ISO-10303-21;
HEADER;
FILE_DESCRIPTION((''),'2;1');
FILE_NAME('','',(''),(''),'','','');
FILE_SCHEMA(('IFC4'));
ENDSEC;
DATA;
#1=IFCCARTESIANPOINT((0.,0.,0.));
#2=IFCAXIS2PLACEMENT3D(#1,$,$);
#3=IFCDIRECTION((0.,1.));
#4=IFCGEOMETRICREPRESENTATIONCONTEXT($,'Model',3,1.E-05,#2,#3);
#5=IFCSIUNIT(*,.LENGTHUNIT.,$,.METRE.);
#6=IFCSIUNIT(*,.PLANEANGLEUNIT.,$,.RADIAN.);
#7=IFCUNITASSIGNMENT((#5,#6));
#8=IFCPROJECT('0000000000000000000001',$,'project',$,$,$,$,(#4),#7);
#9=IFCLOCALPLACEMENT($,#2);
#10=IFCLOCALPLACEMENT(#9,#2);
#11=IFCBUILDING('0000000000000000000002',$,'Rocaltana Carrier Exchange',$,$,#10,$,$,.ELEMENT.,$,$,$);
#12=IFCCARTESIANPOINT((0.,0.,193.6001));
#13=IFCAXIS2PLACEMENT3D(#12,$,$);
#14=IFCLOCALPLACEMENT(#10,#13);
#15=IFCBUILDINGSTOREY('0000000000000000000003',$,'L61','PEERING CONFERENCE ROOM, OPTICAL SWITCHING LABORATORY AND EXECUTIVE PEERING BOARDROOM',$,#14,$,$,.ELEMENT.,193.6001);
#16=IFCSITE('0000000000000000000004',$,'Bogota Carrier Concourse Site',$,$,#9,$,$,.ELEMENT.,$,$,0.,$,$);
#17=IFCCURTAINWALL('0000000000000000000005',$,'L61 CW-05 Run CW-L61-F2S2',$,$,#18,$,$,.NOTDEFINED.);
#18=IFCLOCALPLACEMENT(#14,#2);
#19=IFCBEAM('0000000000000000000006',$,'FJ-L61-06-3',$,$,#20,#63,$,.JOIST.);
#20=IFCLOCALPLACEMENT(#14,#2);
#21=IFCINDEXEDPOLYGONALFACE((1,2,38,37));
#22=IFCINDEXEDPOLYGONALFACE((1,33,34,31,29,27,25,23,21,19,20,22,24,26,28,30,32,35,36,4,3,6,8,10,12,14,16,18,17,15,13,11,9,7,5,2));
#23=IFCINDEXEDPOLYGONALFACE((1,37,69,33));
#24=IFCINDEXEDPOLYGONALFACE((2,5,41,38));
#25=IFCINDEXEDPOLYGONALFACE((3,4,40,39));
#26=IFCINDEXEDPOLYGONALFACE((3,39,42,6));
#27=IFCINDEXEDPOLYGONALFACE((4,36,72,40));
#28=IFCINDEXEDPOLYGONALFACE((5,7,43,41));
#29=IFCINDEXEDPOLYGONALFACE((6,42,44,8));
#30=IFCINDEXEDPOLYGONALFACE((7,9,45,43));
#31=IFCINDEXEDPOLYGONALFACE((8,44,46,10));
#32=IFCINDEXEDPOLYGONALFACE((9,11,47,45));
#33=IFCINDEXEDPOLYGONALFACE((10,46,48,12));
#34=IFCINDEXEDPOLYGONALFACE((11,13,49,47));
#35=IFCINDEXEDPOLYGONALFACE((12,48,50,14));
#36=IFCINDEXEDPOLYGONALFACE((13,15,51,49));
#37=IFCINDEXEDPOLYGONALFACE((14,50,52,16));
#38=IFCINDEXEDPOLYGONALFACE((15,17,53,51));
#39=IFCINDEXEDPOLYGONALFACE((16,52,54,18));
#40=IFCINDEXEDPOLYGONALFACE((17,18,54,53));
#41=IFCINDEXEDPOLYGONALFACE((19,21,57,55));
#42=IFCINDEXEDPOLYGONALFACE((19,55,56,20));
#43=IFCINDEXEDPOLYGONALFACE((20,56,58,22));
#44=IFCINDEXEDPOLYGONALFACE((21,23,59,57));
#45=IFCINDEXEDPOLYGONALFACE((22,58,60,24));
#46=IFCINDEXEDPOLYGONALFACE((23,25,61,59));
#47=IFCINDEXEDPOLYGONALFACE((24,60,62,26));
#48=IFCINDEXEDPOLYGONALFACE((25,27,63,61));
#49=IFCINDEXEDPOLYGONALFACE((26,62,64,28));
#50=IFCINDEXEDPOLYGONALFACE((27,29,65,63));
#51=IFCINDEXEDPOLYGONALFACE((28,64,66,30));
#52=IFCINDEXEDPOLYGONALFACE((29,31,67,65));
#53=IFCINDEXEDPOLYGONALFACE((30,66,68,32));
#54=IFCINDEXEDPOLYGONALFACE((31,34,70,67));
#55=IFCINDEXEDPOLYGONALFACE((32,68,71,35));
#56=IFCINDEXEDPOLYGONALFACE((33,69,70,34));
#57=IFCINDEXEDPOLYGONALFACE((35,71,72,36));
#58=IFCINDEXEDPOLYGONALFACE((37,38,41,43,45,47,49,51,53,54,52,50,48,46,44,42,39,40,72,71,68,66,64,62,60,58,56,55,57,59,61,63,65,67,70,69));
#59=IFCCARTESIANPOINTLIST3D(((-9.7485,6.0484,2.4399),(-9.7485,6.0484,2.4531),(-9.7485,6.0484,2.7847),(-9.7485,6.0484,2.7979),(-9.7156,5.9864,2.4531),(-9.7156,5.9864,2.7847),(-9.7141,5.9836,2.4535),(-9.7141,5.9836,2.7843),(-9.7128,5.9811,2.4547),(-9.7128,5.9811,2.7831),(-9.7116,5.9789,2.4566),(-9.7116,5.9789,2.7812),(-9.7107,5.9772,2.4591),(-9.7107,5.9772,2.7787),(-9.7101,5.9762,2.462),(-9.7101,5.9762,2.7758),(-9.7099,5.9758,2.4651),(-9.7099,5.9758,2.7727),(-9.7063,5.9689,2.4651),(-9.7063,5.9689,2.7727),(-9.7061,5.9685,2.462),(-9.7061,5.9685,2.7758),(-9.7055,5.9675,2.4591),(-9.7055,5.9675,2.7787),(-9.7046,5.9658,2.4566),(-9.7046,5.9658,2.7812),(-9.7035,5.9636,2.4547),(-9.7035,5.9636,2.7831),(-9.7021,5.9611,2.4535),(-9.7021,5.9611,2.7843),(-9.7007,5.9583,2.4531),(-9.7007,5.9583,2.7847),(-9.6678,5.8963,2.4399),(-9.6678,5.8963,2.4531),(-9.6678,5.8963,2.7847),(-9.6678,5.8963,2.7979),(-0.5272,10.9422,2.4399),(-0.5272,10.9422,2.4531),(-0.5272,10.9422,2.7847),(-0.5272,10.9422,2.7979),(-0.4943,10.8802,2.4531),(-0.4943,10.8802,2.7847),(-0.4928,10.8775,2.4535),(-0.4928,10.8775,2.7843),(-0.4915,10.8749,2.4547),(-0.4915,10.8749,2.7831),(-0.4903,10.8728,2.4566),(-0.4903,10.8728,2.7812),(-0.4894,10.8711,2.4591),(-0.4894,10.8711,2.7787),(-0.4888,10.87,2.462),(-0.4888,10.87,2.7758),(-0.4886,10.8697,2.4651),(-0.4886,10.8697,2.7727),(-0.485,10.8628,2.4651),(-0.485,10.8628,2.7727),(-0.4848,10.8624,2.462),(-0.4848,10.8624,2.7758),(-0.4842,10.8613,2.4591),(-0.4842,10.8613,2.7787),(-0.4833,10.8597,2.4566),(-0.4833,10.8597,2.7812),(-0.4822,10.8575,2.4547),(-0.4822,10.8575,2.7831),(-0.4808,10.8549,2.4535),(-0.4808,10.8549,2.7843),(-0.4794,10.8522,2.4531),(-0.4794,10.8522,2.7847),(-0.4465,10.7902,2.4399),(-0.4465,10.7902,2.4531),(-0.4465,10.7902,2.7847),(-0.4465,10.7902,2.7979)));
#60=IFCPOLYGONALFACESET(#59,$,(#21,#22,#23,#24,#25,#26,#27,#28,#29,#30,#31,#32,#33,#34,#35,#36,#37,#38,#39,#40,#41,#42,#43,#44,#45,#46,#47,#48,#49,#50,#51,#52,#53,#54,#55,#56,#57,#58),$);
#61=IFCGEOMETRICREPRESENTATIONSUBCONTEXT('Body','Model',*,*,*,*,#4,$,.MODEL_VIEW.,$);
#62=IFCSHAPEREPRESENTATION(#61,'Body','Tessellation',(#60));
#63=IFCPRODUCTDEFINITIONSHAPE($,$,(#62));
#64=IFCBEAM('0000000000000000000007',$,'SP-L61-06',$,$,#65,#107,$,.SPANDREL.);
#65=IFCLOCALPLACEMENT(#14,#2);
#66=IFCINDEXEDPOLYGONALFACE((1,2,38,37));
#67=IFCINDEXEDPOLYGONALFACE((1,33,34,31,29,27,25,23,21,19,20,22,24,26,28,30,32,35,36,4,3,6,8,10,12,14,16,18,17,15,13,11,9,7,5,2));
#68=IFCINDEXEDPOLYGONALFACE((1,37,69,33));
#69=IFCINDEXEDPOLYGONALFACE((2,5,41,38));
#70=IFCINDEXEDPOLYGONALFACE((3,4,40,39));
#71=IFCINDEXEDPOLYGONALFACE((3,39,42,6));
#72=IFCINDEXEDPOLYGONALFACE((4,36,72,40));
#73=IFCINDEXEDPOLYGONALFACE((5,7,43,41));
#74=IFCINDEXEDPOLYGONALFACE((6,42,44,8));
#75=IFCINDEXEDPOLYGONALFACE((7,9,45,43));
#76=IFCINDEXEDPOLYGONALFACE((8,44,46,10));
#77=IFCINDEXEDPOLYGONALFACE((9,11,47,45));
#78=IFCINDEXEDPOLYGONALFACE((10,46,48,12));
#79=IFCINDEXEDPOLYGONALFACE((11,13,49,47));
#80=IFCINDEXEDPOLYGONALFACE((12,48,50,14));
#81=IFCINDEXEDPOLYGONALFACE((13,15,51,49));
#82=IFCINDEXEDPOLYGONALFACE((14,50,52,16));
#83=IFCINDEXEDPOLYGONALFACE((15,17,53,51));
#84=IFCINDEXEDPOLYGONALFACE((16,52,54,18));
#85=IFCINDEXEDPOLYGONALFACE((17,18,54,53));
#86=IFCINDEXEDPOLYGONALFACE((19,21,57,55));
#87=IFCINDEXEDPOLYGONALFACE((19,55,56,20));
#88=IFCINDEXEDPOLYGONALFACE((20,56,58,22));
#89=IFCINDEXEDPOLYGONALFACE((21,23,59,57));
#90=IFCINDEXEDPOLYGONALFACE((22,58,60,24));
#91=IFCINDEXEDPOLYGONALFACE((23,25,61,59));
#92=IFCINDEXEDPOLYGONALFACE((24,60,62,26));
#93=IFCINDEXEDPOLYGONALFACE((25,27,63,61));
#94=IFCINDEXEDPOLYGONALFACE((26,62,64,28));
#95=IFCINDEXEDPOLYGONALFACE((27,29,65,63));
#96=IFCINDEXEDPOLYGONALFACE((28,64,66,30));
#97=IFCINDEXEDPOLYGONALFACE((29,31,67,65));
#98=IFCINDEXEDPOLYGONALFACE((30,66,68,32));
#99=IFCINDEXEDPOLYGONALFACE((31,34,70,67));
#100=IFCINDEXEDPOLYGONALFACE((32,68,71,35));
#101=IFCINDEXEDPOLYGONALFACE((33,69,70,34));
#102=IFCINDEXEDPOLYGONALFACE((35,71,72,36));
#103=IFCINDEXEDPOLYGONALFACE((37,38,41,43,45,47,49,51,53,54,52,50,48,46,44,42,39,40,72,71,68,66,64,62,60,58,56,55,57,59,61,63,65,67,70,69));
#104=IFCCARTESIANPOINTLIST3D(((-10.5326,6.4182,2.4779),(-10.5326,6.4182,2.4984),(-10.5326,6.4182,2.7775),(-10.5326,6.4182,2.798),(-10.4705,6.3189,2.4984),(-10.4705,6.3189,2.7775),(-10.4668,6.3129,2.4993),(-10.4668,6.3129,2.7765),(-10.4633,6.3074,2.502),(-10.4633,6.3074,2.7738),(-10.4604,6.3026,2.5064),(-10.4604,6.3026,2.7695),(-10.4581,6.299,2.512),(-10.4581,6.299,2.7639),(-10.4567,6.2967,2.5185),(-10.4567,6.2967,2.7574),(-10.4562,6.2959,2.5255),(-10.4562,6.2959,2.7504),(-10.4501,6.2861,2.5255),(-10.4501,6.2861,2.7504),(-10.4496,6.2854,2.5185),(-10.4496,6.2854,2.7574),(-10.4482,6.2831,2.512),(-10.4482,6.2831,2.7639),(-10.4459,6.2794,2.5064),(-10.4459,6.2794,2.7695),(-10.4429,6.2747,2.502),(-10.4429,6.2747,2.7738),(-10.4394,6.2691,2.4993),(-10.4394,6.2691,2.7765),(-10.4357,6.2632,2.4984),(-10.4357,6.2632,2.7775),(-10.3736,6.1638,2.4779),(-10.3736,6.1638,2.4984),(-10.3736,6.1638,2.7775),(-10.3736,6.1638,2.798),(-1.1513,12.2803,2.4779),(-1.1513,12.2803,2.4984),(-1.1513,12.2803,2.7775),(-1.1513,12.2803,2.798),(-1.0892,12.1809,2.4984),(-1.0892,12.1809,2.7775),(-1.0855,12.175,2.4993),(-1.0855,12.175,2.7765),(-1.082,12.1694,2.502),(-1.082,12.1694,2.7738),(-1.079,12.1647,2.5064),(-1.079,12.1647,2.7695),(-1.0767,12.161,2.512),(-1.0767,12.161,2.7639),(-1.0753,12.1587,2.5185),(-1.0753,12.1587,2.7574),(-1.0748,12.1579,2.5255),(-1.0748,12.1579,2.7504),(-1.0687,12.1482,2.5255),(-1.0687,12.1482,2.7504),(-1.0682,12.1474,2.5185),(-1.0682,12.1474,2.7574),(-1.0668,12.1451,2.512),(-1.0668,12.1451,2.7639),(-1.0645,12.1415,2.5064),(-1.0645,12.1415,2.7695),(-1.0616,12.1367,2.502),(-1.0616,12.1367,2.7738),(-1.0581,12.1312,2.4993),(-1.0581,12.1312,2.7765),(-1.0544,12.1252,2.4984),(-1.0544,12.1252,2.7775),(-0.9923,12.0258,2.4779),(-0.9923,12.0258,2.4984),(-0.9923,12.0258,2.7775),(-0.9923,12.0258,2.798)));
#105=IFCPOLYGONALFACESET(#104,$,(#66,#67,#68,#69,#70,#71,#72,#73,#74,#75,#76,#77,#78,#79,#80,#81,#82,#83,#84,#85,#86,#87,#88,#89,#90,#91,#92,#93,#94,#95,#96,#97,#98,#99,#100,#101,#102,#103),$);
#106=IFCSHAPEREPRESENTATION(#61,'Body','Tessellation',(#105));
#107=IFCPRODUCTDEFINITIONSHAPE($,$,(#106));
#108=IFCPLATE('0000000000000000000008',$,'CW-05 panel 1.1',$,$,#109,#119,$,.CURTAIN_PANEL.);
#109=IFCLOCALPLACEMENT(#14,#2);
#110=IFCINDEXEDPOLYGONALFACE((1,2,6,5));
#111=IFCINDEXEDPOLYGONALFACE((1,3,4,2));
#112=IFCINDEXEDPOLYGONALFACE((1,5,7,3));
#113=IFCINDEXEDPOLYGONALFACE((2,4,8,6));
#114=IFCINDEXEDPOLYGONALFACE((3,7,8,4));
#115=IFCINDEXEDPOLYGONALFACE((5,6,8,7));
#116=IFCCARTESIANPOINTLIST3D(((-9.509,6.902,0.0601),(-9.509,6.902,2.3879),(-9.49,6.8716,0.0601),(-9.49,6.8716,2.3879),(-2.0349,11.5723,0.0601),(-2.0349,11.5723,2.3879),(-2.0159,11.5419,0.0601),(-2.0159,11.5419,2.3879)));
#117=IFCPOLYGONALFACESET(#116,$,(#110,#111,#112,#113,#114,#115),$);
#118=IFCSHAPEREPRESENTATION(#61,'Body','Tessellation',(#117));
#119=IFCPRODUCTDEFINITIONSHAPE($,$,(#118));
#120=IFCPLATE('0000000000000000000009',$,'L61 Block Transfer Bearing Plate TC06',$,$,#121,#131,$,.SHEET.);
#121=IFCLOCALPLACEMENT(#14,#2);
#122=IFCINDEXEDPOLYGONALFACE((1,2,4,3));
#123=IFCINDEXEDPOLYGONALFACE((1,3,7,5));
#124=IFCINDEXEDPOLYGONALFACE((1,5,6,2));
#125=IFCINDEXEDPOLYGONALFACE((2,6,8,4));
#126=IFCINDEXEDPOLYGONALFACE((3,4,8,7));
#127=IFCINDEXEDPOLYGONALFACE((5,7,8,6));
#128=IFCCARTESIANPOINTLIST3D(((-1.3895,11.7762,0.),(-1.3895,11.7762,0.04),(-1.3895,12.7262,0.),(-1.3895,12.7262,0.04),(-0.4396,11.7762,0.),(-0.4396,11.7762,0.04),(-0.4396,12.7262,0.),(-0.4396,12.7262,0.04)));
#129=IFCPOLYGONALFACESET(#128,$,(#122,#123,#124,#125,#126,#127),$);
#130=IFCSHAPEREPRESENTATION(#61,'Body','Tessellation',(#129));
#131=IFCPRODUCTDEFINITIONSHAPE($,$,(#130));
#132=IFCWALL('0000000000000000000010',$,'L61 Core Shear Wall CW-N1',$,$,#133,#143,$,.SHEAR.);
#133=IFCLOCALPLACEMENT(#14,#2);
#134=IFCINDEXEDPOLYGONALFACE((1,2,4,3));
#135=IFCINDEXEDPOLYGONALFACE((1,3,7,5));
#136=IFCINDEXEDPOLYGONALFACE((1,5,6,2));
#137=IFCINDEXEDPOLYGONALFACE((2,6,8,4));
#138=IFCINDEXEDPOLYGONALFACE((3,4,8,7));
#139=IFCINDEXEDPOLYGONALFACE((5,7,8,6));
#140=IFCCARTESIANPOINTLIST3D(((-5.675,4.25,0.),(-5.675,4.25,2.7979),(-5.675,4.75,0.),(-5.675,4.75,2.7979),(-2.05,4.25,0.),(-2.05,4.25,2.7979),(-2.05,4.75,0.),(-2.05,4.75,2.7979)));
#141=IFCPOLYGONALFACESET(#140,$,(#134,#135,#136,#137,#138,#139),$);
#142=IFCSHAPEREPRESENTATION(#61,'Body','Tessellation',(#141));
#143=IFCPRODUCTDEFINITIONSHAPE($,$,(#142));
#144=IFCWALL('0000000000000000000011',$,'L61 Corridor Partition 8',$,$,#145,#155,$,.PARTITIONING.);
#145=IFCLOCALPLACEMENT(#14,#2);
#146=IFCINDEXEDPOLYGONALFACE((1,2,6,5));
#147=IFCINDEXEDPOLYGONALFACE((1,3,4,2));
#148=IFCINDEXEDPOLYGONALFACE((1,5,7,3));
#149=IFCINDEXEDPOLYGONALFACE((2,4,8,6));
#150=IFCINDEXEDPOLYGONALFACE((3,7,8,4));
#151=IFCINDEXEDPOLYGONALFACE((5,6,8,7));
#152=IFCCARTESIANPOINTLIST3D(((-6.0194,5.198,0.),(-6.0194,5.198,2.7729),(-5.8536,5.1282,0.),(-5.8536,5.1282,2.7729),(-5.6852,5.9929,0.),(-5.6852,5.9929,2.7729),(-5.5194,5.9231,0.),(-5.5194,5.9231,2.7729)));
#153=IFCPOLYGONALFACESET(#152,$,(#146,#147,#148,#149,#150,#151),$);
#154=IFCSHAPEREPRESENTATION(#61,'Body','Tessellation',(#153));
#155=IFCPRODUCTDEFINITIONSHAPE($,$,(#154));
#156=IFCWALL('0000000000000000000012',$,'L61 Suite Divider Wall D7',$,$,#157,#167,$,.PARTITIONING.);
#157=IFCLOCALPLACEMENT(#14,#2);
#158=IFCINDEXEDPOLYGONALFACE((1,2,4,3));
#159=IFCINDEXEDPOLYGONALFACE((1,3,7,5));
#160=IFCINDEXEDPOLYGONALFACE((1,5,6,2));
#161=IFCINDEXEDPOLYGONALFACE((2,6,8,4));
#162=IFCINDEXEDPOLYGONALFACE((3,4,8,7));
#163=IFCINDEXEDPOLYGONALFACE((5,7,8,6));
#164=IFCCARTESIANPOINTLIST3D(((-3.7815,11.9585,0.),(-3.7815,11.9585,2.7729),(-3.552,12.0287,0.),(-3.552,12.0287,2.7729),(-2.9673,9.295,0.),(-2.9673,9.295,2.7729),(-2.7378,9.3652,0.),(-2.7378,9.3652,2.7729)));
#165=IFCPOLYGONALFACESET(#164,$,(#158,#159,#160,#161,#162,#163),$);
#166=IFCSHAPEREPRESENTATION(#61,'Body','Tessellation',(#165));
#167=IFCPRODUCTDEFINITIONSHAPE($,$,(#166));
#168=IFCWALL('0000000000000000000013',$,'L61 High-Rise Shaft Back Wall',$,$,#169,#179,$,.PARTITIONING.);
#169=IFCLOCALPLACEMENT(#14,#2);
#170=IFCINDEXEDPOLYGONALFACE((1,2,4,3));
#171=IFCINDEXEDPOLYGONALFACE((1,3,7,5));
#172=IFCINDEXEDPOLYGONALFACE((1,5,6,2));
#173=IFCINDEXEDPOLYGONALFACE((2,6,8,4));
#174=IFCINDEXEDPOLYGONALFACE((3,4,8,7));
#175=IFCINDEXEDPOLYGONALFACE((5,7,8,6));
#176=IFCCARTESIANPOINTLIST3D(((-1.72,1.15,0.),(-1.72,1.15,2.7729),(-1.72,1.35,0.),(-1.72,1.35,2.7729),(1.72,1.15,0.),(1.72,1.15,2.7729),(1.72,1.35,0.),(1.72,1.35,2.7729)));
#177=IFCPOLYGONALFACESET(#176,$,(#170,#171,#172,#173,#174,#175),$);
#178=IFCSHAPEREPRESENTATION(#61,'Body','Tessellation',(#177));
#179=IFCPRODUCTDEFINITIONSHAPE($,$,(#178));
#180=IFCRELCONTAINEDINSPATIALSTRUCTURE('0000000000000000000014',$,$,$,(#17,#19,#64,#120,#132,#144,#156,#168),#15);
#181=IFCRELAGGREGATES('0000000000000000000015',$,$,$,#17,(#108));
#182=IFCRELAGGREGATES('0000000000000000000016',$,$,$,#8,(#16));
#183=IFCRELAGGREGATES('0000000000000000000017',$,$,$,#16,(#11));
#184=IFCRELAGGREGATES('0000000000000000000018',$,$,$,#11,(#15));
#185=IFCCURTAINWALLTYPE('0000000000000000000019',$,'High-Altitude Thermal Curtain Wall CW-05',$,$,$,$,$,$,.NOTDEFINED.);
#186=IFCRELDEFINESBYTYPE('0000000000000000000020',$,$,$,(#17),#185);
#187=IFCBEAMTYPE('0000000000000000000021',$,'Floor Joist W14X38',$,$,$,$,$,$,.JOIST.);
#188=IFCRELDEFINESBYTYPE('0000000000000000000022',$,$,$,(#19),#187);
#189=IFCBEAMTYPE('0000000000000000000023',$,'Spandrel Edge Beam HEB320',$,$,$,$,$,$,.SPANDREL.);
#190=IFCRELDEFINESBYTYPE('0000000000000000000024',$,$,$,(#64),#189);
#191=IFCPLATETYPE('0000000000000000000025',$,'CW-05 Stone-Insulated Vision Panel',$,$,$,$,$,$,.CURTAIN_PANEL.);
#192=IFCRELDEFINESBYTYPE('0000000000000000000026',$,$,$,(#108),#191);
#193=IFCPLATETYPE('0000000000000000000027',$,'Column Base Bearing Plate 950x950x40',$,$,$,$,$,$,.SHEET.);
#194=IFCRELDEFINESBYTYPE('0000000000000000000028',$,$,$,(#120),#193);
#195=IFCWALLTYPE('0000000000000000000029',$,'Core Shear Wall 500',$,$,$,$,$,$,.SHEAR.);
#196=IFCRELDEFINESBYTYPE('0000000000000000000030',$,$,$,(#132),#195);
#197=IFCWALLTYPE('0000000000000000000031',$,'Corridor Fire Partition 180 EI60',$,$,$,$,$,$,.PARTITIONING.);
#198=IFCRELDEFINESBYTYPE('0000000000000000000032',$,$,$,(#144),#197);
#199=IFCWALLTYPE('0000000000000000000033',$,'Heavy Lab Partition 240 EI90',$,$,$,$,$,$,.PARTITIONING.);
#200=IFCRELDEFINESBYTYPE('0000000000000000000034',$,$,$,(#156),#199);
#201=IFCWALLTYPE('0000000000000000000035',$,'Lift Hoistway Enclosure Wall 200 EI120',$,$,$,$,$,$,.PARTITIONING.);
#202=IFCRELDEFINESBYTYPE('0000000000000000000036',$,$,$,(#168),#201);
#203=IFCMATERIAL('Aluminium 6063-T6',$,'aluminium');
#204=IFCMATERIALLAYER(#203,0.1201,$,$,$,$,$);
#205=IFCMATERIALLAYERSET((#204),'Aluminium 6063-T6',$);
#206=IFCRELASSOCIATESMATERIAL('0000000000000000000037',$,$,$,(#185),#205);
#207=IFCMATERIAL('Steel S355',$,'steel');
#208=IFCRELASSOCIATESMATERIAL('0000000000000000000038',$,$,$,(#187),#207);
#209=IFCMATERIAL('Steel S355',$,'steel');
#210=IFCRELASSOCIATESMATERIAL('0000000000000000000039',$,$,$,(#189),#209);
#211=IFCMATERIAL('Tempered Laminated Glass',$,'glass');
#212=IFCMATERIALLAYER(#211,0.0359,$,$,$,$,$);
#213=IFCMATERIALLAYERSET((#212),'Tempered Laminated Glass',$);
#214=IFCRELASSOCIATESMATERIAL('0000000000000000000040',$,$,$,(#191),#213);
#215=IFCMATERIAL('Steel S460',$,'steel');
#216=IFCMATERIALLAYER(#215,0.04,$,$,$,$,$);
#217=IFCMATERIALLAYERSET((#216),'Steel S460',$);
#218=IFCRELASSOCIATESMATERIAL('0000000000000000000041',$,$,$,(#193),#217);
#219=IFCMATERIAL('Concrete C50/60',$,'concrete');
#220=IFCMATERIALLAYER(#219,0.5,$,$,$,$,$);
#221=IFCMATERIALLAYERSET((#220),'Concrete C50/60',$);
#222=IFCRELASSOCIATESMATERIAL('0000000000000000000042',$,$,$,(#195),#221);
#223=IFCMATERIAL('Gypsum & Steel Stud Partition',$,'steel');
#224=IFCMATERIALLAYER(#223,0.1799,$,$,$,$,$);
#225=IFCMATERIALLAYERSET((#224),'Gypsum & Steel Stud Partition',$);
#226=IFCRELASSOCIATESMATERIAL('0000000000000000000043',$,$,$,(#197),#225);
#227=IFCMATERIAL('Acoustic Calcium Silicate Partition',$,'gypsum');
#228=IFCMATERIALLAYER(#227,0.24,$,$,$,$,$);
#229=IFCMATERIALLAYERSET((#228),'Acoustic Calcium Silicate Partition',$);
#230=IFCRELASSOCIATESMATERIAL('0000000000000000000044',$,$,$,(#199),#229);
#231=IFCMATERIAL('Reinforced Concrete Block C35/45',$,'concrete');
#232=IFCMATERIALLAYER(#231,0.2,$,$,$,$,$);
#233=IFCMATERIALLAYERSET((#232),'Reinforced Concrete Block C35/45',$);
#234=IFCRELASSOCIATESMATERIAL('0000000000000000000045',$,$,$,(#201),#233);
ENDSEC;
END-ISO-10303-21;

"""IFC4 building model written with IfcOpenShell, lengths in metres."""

from ifc_helpers import new_model, si_unit, direction, frame, frame_2d, origin, origin_2d, place, context, subcontext, project, spatial, rectangle, i_section, extrude, material, layer, layer_set, material_profile, profile_set, type_object, element, aggregate, save


model = new_model("IFC4")

# Units and contexts
model_context = context("Model", 3, precision=1e-05, world=origin(), true_north=direction((0.0, 1.0)))
body_context = subcontext(model_context, "Body", "Model", "MODEL_VIEW")
ifc_project = project(units=[si_unit("LENGTHUNIT", "METRE"), si_unit("PLANEANGLEUNIT", "RADIAN")], contexts=[model_context])

# Site, building, storey
site_placement = place(None, origin())
site = spatial("IfcSite", under=ifc_project, at=site_placement, Name="Bogota Carrier Concourse Site", CompositionType="ELEMENT", RefElevation=0.0)
building_placement = place(site_placement, origin())
building = spatial("IfcBuilding", under=site, at=building_placement, Name="Rocaltana Carrier Exchange", CompositionType="ELEMENT")
storey_placement = place(building_placement, frame((0.0, 0.0, 193.6001)))
storey = spatial("IfcBuildingStorey", under=building, at=storey_placement, Name="L61", Description="PEERING CONFERENCE ROOM, OPTICAL SWITCHING LABORATORY AND EXECUTIVE PEERING BOARDROOM", CompositionType="ELEMENT", Elevation=193.6001)

# Curtain wall
ifc_material_1 = material(Name="Aluminium 6063-T6", Category="aluminium")
ifc_layer_1 = layer(ifc_material_1, 0.1201)
ifc_layer_set_1 = layer_set([ifc_layer_1], Name="Aluminium 6063-T6")
curtain_wall_type = type_object("IfcCurtainWallType", Name="High-Altitude Thermal Curtain Wall CW-05", PredefinedType="NOTDEFINED", material=ifc_layer_set_1)
curtain_wall_placement = place(storey_placement, origin())
curtain_wall = element("IfcCurtainWall", 1, at=curtain_wall_placement, inside=storey, type_object=curtain_wall_type, Name="L61 CW-05 Run CW-L61-F2S2", PredefinedType="NOTDEFINED")

# Beams
ifc_material_2 = material(Name="Steel S355", Category="steel")
ifc_material_profile_1 = material_profile(ifc_material_2, i_section(OverallWidth=0.1721, OverallDepth=0.3579, WebThickness=0.0078, FlangeThickness=0.0132, FilletRadius=0.012, at=origin_2d()), Name="W14X38")
ifc_profile_set_1 = profile_set([ifc_material_profile_1], Name="Steel S355")
beam_type_1 = type_object("IfcBeamType", Name="Floor Joist W14X38", PredefinedType="JOIST", material=ifc_profile_set_1)
beam_1_placement = place(storey_placement, frame((-0.4868, 10.8662, 2.6189), z_axis=(-0.883312, -0.468785, 0.0), x_axis=(0.468785, -0.883312, 0.0)))
element("IfcBeam", 2, at=beam_1_placement, inside=storey, type_object=beam_type_1, Name="FJ-L61-06-3", PredefinedType="JOIST", context=body_context, shape_type="SweptSolid", body=[
    extrude(i_section(OverallWidth=0.1721, OverallDepth=0.3579, WebThickness=0.0078, FlangeThickness=0.0132, FilletRadius=0.012, at=origin_2d()), origin(), (0.0, 0.0, 1.0), 10.4395),
])
ifc_material_3 = material(Name="Steel S355", Category="steel")
ifc_material_profile_2 = material_profile(ifc_material_3, i_section(OverallWidth=0.3, OverallDepth=0.3201, WebThickness=0.0115, FlangeThickness=0.0205, FilletRadius=0.0271, at=origin_2d()), Name="HEB320")
ifc_profile_set_2 = profile_set([ifc_material_profile_2], Name="Steel S355")
beam_type_2 = type_object("IfcBeamType", Name="Spandrel Edge Beam HEB320", PredefinedType="SPANDREL", material=ifc_profile_set_2)
beam_2_placement = place(storey_placement, frame((-1.0718, 12.1531, 2.6379), z_axis=(-0.84805, -0.529916, 0.0), x_axis=(0.529916, -0.84805, 0.0)))
element("IfcBeam", 3, at=beam_2_placement, inside=storey, type_object=beam_type_2, Name="SP-L61-06", PredefinedType="SPANDREL", context=body_context, shape_type="SweptSolid", body=[
    extrude(i_section(OverallWidth=0.3, OverallDepth=0.3201, WebThickness=0.0115, FlangeThickness=0.0205, FilletRadius=0.0271, at=origin_2d()), origin(), (0.0, 0.0, 1.0), 11.0623),
])

# Plates
ifc_material_4 = material(Name="Tempered Laminated Glass", Category="glass")
ifc_layer_2 = layer(ifc_material_4, 0.0359)
ifc_layer_set_2 = layer_set([ifc_layer_2], Name="Tempered Laminated Glass")
plate_type_1 = type_object("IfcPlateType", Name="CW-05 Stone-Insulated Vision Panel", PredefinedType="CURTAIN_PANEL", material=ifc_layer_set_2)
plate_1_placement = place(storey_placement, frame((-5.7625, 9.2219, 0.0601), z_axis=(0.0, 0.0, 1.0), x_axis=(-0.848047, -0.52992, 0.0)))
plate_1 = element("IfcPlate", 4, at=plate_1_placement, type_object=plate_type_1, Name="CW-05 panel 1.1", PredefinedType="CURTAIN_PANEL", context=body_context, shape_type="SweptSolid", body=[
    extrude(rectangle(XDim=8.8132, YDim=0.0359, at=origin_2d()), origin(), (0.0, 0.0, 1.0), 2.3279),
])
aggregate(curtain_wall, [plate_1])
ifc_material_5 = material(Name="Steel S460", Category="steel")
ifc_layer_3 = layer(ifc_material_5, 0.04)
ifc_layer_set_3 = layer_set([ifc_layer_3], Name="Steel S460")
plate_type_2 = type_object("IfcPlateType", Name="Column Base Bearing Plate 950x950x40", PredefinedType="SHEET", material=ifc_layer_set_3)
plate_2_placement = place(storey_placement, frame((-0.9146, 12.2512, 0.0), z_axis=(0.0, 0.0, 1.0), x_axis=(1.0, 0.0, 0.0)))
element("IfcPlate", 5, at=plate_2_placement, inside=storey, type_object=plate_type_2, Name="L61 Block Transfer Bearing Plate TC06", PredefinedType="SHEET", context=body_context, shape_type="SweptSolid", body=[
    extrude(rectangle(XDim=0.95, YDim=0.95, at=origin_2d()), origin(), (0.0, 0.0, 1.0), 0.04),
])

# Walls
ifc_material_6 = material(Name="Concrete C50/60", Category="concrete")
ifc_layer_4 = layer(ifc_material_6, 0.5)
ifc_layer_set_4 = layer_set([ifc_layer_4], Name="Concrete C50/60")
wall_type_1 = type_object("IfcWallType", Name="Core Shear Wall 500", PredefinedType="SHEAR", material=ifc_layer_set_4)
wall_1_placement = place(storey_placement, frame((-5.675, 4.5, 0.0), z_axis=(0.0, 0.0, 1.0), x_axis=(1.0, 0.0, 0.0)))
element("IfcWall", 6, at=wall_1_placement, inside=storey, type_object=wall_type_1, Name="L61 Core Shear Wall CW-N1", PredefinedType="SHEAR", context=body_context, shape_type="SweptSolid", body=[
    extrude(rectangle(XDim=3.625, YDim=0.5, at=frame_2d((1.8125, 0.0))), origin(), (0.0, 0.0, 1.0), 2.7979),
])
ifc_material_7 = material(Name="Gypsum & Steel Stud Partition", Category="steel")
ifc_layer_5 = layer(ifc_material_7, 0.1799)
ifc_layer_set_5 = layer_set([ifc_layer_5], Name="Gypsum & Steel Stud Partition")
wall_type_2 = type_object("IfcWallType", Name="Corridor Fire Partition 180 EI60", PredefinedType="PARTITIONING", material=ifc_layer_set_5)
wall_2_placement = place(storey_placement, frame((-5.6023, 5.958, 0.0), z_axis=(0.0, 0.0, 1.0), x_axis=(-0.387589, -0.921832, 0.0)))
element("IfcWall", 7, at=wall_2_placement, inside=storey, type_object=wall_type_2, Name="L61 Corridor Partition 8", PredefinedType="PARTITIONING", context=body_context, shape_type="SweptSolid", body=[
    extrude(rectangle(XDim=0.8623, YDim=0.1799, at=frame_2d((0.4312, 0.0))), origin(), (0.0, 0.0, 1.0), 2.7729),
])
ifc_material_8 = material(Name="Acoustic Calcium Silicate Partition", Category="gypsum")
ifc_layer_6 = layer(ifc_material_8, 0.24)
ifc_layer_set_6 = layer_set([ifc_layer_6], Name="Acoustic Calcium Silicate Partition")
wall_type_3 = type_object("IfcWallType", Name="Heavy Lab Partition 240 EI90", PredefinedType="PARTITIONING", material=ifc_layer_set_6)
wall_3_placement = place(storey_placement, frame((-2.8525, 9.3301, 0.0), z_axis=(0.0, 0.0, 1.0), x_axis=(-0.29233, 0.956318, 0.0)))
element("IfcWall", 8, at=wall_3_placement, inside=storey, type_object=wall_type_3, Name="L61 Suite Divider Wall D7", PredefinedType="PARTITIONING", context=body_context, shape_type="SweptSolid", body=[
    extrude(rectangle(XDim=2.7852, YDim=0.24, at=frame_2d((1.3926, 0.0))), origin(), (0.0, 0.0, 1.0), 2.7729),
])
ifc_material_9 = material(Name="Reinforced Concrete Block C35/45", Category="concrete")
ifc_layer_7 = layer(ifc_material_9, 0.2)
ifc_layer_set_7 = layer_set([ifc_layer_7], Name="Reinforced Concrete Block C35/45")
wall_type_4 = type_object("IfcWallType", Name="Lift Hoistway Enclosure Wall 200 EI120", PredefinedType="PARTITIONING", material=ifc_layer_set_7)
wall_4_placement = place(storey_placement, frame((-1.72, 1.25, 0.0), z_axis=(0.0, 0.0, 1.0), x_axis=(1.0, 0.0, 0.0)))
element("IfcWall", 9, at=wall_4_placement, inside=storey, type_object=wall_type_4, Name="L61 High-Rise Shaft Back Wall", PredefinedType="PARTITIONING", context=body_context, shape_type="SweptSolid", body=[
    extrude(rectangle(XDim=3.4399, YDim=0.2, at=frame_2d((1.72, 0.0))), origin(), (0.0, 0.0, 1.0), 2.7729),
])

save(model, "model.ifc")
